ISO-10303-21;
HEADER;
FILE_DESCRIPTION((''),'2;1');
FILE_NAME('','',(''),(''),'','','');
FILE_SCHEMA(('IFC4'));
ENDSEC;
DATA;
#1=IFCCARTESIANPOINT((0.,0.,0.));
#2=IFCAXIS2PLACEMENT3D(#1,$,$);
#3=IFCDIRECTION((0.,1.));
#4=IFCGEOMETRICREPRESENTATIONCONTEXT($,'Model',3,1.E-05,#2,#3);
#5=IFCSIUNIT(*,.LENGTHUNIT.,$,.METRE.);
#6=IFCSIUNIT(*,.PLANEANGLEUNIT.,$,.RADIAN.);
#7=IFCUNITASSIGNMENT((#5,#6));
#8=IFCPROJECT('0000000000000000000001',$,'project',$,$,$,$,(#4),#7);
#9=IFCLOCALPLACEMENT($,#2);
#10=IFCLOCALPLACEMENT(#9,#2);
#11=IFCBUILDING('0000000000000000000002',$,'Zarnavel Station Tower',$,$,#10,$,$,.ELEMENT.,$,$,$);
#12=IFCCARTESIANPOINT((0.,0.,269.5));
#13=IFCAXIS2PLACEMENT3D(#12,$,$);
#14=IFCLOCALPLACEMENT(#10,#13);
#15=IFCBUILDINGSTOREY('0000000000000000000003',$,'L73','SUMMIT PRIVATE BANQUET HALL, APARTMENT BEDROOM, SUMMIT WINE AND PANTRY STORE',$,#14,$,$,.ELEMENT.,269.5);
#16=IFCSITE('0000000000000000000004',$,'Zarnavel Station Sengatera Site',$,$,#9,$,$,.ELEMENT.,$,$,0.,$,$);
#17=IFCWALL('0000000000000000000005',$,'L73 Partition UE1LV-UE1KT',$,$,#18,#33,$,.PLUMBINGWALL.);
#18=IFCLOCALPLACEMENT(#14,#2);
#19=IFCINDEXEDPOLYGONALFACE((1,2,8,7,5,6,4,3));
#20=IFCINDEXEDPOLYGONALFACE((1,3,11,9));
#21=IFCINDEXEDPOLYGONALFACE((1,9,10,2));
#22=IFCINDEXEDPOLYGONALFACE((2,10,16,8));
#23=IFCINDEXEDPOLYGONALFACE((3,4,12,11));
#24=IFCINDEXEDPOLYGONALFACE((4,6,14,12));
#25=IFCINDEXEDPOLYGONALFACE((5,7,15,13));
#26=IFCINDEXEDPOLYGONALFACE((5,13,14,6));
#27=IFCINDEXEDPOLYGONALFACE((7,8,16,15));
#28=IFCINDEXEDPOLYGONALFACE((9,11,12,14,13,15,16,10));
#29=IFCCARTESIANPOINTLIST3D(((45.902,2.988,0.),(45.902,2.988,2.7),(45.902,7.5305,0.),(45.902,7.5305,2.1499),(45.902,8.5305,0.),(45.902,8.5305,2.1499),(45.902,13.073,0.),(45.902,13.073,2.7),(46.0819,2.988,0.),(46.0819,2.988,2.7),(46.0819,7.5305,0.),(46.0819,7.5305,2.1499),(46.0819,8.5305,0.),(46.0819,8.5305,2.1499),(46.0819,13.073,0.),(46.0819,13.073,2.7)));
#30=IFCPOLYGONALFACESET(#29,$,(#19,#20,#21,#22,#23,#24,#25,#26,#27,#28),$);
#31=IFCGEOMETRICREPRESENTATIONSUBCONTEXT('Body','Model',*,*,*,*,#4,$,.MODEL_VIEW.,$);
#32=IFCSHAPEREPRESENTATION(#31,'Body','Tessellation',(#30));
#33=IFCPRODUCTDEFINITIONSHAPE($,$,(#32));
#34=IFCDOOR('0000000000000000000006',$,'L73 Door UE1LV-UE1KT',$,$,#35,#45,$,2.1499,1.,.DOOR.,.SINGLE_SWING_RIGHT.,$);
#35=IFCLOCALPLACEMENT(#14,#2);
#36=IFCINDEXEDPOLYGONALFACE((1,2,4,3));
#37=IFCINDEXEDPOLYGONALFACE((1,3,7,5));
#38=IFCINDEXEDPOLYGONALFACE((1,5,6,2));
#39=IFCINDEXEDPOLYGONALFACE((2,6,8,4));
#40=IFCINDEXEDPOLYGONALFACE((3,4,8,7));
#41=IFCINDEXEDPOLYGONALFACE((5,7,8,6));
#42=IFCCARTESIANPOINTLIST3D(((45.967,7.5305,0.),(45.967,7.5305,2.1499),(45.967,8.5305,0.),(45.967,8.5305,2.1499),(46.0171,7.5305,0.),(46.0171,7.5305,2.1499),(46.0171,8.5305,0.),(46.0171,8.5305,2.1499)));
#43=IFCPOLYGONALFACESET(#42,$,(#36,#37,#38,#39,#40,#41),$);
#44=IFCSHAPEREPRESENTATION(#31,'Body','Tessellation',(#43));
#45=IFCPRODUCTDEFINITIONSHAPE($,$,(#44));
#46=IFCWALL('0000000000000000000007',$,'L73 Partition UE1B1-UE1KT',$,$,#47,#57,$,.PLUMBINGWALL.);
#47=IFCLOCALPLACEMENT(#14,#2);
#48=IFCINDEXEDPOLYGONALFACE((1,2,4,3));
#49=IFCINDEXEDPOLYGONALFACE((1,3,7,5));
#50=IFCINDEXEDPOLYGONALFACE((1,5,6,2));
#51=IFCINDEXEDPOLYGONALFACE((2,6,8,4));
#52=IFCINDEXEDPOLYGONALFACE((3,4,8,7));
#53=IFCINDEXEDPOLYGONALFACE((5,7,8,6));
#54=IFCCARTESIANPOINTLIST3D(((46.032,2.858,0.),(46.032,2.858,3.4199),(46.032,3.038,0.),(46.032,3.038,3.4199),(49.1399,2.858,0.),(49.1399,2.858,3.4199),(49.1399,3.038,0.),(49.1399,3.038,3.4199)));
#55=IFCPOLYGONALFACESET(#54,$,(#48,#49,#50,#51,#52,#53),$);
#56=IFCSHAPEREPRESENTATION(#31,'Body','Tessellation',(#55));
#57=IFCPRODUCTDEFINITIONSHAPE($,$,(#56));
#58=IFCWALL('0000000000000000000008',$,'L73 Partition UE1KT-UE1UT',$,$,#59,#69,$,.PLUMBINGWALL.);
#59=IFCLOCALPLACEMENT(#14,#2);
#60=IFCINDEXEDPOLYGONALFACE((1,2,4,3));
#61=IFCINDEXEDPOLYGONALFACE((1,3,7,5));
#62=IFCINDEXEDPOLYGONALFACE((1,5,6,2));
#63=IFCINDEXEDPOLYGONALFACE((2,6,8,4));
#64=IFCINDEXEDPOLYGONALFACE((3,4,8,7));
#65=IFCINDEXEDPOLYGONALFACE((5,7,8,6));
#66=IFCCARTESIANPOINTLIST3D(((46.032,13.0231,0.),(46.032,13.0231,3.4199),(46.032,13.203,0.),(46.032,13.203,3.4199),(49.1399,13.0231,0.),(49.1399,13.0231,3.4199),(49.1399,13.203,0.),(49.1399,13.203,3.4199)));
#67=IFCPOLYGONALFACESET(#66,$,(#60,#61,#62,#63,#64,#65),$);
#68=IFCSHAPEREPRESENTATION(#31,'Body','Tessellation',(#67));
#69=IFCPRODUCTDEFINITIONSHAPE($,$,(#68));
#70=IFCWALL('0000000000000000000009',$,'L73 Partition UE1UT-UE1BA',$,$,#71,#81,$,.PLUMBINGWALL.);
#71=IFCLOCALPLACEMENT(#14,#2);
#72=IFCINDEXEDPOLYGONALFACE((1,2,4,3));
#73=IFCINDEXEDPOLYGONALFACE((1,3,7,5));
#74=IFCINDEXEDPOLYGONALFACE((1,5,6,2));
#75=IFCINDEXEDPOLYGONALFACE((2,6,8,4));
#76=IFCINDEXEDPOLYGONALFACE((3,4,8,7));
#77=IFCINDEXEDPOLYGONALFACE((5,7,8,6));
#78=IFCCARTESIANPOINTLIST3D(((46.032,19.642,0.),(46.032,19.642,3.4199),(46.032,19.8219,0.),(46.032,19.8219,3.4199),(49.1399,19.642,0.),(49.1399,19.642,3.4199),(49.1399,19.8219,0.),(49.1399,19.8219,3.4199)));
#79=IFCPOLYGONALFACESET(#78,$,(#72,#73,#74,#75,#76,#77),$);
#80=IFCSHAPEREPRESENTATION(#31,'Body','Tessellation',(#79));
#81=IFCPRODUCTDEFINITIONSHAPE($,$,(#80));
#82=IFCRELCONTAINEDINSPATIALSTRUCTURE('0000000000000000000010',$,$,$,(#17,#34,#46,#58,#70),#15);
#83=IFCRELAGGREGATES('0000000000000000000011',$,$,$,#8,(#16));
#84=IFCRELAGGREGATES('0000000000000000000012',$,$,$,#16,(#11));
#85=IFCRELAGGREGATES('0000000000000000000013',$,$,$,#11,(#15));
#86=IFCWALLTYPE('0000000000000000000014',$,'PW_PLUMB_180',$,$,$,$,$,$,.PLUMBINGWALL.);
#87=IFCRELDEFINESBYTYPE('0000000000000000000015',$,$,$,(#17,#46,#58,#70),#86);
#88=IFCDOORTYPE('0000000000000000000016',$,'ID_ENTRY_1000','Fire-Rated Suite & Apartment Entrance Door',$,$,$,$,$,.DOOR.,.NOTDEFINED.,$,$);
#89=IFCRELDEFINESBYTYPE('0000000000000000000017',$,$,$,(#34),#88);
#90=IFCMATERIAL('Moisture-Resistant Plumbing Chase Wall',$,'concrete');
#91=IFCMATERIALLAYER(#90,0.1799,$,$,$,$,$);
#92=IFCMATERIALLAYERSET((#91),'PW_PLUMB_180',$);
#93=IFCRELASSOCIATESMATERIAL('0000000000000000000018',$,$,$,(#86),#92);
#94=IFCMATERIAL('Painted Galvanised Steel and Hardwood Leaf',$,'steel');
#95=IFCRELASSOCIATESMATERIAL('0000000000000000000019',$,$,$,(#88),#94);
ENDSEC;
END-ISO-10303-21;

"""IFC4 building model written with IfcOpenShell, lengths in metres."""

from ifc_helpers import new_model, si_unit, direction, frame, frame_2d, origin, place, context, subcontext, project, spatial, rectangle, extrude, material, layer, layer_set, type_object, element, fill, save


model = new_model("IFC4")

# Units and contexts
model_context = context("Model", 3, precision=1e-05, world=origin(), true_north=direction((0.0, 1.0)))
body_context = subcontext(model_context, "Body", "Model", "MODEL_VIEW")
ifc_project = project(units=[si_unit("LENGTHUNIT", "METRE"), si_unit("PLANEANGLEUNIT", "RADIAN")], contexts=[model_context])

# Site, building, storey
site_placement = place(None, origin())
site = spatial("IfcSite", under=ifc_project, at=site_placement, Name="Zarnavel Station Sengatera Site", CompositionType="ELEMENT", RefElevation=0.0)
building_placement = place(site_placement, origin())
building = spatial("IfcBuilding", under=site, at=building_placement, Name="Zarnavel Station Tower", CompositionType="ELEMENT")
storey_placement = place(building_placement, frame((0.0, 0.0, 269.5)))
storey = spatial("IfcBuildingStorey", under=building, at=storey_placement, Name="L73", Description="SUMMIT PRIVATE BANQUET HALL, APARTMENT BEDROOM, SUMMIT WINE AND PANTRY STORE", CompositionType="ELEMENT", Elevation=269.5)

# Shared definitions
ifc_material_1 = material(Name="Moisture-Resistant Plumbing Chase Wall", Category="concrete")
ifc_layer_1 = layer(ifc_material_1, 0.1799)
ifc_layer_set_1 = layer_set([ifc_layer_1], Name="PW_PLUMB_180")
wall_type_1 = type_object("IfcWallType", Name="PW_PLUMB_180", PredefinedType="PLUMBINGWALL", material=ifc_layer_set_1)
ifc_material_2 = material(Name="Painted Galvanised Steel and Hardwood Leaf", Category="steel")
door_type_1 = type_object("IfcDoorType", Name="ID_ENTRY_1000", Description="Fire-Rated Suite & Apartment Entrance Door", OperationType="NOTDEFINED", PredefinedType="DOOR", material=ifc_material_2)

# Wall, opening, door
wall_1_placement = place(storey_placement, frame((45.9919, 2.988, 0.0), z_axis=(0.0, 0.0, 1.0), x_axis=(0.0, 1.0, 0.0)))
wall_1 = element("IfcWall", 1, at=wall_1_placement, inside=storey, type_object=wall_type_1, Name="L73 Partition UE1LV-UE1KT", PredefinedType="PLUMBINGWALL", context=body_context, shape_type="SweptSolid", body=[
    extrude(rectangle(XDim=10.085, YDim=0.1799, at=frame_2d((5.0425, 0.0))), origin(), (0.0, 0.0, 1.0), 2.7),
])
opening_1_placement = place(wall_1_placement, frame((4.5425, 0.0, 0.0)))
opening_1 = element("IfcOpeningElement", 2, at=opening_1_placement, cuts=wall_1, PredefinedType="OPENING", context=body_context, shape_type="SweptSolid", body=[
    extrude(rectangle(XDim=1.0, YDim=2.1499, at=frame_2d((0.5, 1.075))), frame((0.0, 0.0999, 0.0), z_axis=(0.0, -1.0, 0.0), x_axis=(1.0, 0.0, 0.0)), (0.0, 0.0, 1.0), 0.2),
])
door_1_placement = place(opening_1_placement, origin())
door_1 = element("IfcDoor", 3, at=door_1_placement, inside=storey, type_object=door_type_1, Name="L73 Door UE1LV-UE1KT", OperationType="SINGLE_SWING_RIGHT", OverallHeight=2.1499, OverallWidth=1.0, PredefinedType="DOOR", context=body_context, shape_type="SweptSolid", body=[
    extrude(rectangle(XDim=1.0, YDim=2.1499, at=frame_2d((0.5, 1.075))), frame((0.0, 0.0249, 0.0), z_axis=(0.0, -1.0, 0.0), x_axis=(1.0, 0.0, 0.0)), (0.0, 0.0, 1.0), 0.05),
])
fill(opening_1, door_1)

# Walls
for number, where, z_axis, x_axis, name in (
    (4, (46.032, 2.948, 0.0), (0.0, 0.0, 1.0), (1.0, 0.0, 0.0), "L73 Partition UE1B1-UE1KT"),
    (5, (46.032, 13.113, 0.0), (0.0, 0.0, 1.0), (1.0, 0.0, 0.0), "L73 Partition UE1KT-UE1UT"),
    (6, (46.032, 19.7319, 0.0), (0.0, 0.0, 1.0), (1.0, 0.0, 0.0), "L73 Partition UE1UT-UE1BA"),
):
    element("IfcWall", number, at=place(storey_placement, frame(where, z_axis=z_axis, x_axis=x_axis)), inside=storey, type_object=wall_type_1, Name=name, PredefinedType="PLUMBINGWALL", context=body_context, shape_type="SweptSolid", body=[
        extrude(rectangle(XDim=3.1079, YDim=0.1799, at=frame_2d((1.554, 0.0))), origin(), (0.0, 0.0, 1.0), 3.4199),
    ])

save(model, "model.ifc")
